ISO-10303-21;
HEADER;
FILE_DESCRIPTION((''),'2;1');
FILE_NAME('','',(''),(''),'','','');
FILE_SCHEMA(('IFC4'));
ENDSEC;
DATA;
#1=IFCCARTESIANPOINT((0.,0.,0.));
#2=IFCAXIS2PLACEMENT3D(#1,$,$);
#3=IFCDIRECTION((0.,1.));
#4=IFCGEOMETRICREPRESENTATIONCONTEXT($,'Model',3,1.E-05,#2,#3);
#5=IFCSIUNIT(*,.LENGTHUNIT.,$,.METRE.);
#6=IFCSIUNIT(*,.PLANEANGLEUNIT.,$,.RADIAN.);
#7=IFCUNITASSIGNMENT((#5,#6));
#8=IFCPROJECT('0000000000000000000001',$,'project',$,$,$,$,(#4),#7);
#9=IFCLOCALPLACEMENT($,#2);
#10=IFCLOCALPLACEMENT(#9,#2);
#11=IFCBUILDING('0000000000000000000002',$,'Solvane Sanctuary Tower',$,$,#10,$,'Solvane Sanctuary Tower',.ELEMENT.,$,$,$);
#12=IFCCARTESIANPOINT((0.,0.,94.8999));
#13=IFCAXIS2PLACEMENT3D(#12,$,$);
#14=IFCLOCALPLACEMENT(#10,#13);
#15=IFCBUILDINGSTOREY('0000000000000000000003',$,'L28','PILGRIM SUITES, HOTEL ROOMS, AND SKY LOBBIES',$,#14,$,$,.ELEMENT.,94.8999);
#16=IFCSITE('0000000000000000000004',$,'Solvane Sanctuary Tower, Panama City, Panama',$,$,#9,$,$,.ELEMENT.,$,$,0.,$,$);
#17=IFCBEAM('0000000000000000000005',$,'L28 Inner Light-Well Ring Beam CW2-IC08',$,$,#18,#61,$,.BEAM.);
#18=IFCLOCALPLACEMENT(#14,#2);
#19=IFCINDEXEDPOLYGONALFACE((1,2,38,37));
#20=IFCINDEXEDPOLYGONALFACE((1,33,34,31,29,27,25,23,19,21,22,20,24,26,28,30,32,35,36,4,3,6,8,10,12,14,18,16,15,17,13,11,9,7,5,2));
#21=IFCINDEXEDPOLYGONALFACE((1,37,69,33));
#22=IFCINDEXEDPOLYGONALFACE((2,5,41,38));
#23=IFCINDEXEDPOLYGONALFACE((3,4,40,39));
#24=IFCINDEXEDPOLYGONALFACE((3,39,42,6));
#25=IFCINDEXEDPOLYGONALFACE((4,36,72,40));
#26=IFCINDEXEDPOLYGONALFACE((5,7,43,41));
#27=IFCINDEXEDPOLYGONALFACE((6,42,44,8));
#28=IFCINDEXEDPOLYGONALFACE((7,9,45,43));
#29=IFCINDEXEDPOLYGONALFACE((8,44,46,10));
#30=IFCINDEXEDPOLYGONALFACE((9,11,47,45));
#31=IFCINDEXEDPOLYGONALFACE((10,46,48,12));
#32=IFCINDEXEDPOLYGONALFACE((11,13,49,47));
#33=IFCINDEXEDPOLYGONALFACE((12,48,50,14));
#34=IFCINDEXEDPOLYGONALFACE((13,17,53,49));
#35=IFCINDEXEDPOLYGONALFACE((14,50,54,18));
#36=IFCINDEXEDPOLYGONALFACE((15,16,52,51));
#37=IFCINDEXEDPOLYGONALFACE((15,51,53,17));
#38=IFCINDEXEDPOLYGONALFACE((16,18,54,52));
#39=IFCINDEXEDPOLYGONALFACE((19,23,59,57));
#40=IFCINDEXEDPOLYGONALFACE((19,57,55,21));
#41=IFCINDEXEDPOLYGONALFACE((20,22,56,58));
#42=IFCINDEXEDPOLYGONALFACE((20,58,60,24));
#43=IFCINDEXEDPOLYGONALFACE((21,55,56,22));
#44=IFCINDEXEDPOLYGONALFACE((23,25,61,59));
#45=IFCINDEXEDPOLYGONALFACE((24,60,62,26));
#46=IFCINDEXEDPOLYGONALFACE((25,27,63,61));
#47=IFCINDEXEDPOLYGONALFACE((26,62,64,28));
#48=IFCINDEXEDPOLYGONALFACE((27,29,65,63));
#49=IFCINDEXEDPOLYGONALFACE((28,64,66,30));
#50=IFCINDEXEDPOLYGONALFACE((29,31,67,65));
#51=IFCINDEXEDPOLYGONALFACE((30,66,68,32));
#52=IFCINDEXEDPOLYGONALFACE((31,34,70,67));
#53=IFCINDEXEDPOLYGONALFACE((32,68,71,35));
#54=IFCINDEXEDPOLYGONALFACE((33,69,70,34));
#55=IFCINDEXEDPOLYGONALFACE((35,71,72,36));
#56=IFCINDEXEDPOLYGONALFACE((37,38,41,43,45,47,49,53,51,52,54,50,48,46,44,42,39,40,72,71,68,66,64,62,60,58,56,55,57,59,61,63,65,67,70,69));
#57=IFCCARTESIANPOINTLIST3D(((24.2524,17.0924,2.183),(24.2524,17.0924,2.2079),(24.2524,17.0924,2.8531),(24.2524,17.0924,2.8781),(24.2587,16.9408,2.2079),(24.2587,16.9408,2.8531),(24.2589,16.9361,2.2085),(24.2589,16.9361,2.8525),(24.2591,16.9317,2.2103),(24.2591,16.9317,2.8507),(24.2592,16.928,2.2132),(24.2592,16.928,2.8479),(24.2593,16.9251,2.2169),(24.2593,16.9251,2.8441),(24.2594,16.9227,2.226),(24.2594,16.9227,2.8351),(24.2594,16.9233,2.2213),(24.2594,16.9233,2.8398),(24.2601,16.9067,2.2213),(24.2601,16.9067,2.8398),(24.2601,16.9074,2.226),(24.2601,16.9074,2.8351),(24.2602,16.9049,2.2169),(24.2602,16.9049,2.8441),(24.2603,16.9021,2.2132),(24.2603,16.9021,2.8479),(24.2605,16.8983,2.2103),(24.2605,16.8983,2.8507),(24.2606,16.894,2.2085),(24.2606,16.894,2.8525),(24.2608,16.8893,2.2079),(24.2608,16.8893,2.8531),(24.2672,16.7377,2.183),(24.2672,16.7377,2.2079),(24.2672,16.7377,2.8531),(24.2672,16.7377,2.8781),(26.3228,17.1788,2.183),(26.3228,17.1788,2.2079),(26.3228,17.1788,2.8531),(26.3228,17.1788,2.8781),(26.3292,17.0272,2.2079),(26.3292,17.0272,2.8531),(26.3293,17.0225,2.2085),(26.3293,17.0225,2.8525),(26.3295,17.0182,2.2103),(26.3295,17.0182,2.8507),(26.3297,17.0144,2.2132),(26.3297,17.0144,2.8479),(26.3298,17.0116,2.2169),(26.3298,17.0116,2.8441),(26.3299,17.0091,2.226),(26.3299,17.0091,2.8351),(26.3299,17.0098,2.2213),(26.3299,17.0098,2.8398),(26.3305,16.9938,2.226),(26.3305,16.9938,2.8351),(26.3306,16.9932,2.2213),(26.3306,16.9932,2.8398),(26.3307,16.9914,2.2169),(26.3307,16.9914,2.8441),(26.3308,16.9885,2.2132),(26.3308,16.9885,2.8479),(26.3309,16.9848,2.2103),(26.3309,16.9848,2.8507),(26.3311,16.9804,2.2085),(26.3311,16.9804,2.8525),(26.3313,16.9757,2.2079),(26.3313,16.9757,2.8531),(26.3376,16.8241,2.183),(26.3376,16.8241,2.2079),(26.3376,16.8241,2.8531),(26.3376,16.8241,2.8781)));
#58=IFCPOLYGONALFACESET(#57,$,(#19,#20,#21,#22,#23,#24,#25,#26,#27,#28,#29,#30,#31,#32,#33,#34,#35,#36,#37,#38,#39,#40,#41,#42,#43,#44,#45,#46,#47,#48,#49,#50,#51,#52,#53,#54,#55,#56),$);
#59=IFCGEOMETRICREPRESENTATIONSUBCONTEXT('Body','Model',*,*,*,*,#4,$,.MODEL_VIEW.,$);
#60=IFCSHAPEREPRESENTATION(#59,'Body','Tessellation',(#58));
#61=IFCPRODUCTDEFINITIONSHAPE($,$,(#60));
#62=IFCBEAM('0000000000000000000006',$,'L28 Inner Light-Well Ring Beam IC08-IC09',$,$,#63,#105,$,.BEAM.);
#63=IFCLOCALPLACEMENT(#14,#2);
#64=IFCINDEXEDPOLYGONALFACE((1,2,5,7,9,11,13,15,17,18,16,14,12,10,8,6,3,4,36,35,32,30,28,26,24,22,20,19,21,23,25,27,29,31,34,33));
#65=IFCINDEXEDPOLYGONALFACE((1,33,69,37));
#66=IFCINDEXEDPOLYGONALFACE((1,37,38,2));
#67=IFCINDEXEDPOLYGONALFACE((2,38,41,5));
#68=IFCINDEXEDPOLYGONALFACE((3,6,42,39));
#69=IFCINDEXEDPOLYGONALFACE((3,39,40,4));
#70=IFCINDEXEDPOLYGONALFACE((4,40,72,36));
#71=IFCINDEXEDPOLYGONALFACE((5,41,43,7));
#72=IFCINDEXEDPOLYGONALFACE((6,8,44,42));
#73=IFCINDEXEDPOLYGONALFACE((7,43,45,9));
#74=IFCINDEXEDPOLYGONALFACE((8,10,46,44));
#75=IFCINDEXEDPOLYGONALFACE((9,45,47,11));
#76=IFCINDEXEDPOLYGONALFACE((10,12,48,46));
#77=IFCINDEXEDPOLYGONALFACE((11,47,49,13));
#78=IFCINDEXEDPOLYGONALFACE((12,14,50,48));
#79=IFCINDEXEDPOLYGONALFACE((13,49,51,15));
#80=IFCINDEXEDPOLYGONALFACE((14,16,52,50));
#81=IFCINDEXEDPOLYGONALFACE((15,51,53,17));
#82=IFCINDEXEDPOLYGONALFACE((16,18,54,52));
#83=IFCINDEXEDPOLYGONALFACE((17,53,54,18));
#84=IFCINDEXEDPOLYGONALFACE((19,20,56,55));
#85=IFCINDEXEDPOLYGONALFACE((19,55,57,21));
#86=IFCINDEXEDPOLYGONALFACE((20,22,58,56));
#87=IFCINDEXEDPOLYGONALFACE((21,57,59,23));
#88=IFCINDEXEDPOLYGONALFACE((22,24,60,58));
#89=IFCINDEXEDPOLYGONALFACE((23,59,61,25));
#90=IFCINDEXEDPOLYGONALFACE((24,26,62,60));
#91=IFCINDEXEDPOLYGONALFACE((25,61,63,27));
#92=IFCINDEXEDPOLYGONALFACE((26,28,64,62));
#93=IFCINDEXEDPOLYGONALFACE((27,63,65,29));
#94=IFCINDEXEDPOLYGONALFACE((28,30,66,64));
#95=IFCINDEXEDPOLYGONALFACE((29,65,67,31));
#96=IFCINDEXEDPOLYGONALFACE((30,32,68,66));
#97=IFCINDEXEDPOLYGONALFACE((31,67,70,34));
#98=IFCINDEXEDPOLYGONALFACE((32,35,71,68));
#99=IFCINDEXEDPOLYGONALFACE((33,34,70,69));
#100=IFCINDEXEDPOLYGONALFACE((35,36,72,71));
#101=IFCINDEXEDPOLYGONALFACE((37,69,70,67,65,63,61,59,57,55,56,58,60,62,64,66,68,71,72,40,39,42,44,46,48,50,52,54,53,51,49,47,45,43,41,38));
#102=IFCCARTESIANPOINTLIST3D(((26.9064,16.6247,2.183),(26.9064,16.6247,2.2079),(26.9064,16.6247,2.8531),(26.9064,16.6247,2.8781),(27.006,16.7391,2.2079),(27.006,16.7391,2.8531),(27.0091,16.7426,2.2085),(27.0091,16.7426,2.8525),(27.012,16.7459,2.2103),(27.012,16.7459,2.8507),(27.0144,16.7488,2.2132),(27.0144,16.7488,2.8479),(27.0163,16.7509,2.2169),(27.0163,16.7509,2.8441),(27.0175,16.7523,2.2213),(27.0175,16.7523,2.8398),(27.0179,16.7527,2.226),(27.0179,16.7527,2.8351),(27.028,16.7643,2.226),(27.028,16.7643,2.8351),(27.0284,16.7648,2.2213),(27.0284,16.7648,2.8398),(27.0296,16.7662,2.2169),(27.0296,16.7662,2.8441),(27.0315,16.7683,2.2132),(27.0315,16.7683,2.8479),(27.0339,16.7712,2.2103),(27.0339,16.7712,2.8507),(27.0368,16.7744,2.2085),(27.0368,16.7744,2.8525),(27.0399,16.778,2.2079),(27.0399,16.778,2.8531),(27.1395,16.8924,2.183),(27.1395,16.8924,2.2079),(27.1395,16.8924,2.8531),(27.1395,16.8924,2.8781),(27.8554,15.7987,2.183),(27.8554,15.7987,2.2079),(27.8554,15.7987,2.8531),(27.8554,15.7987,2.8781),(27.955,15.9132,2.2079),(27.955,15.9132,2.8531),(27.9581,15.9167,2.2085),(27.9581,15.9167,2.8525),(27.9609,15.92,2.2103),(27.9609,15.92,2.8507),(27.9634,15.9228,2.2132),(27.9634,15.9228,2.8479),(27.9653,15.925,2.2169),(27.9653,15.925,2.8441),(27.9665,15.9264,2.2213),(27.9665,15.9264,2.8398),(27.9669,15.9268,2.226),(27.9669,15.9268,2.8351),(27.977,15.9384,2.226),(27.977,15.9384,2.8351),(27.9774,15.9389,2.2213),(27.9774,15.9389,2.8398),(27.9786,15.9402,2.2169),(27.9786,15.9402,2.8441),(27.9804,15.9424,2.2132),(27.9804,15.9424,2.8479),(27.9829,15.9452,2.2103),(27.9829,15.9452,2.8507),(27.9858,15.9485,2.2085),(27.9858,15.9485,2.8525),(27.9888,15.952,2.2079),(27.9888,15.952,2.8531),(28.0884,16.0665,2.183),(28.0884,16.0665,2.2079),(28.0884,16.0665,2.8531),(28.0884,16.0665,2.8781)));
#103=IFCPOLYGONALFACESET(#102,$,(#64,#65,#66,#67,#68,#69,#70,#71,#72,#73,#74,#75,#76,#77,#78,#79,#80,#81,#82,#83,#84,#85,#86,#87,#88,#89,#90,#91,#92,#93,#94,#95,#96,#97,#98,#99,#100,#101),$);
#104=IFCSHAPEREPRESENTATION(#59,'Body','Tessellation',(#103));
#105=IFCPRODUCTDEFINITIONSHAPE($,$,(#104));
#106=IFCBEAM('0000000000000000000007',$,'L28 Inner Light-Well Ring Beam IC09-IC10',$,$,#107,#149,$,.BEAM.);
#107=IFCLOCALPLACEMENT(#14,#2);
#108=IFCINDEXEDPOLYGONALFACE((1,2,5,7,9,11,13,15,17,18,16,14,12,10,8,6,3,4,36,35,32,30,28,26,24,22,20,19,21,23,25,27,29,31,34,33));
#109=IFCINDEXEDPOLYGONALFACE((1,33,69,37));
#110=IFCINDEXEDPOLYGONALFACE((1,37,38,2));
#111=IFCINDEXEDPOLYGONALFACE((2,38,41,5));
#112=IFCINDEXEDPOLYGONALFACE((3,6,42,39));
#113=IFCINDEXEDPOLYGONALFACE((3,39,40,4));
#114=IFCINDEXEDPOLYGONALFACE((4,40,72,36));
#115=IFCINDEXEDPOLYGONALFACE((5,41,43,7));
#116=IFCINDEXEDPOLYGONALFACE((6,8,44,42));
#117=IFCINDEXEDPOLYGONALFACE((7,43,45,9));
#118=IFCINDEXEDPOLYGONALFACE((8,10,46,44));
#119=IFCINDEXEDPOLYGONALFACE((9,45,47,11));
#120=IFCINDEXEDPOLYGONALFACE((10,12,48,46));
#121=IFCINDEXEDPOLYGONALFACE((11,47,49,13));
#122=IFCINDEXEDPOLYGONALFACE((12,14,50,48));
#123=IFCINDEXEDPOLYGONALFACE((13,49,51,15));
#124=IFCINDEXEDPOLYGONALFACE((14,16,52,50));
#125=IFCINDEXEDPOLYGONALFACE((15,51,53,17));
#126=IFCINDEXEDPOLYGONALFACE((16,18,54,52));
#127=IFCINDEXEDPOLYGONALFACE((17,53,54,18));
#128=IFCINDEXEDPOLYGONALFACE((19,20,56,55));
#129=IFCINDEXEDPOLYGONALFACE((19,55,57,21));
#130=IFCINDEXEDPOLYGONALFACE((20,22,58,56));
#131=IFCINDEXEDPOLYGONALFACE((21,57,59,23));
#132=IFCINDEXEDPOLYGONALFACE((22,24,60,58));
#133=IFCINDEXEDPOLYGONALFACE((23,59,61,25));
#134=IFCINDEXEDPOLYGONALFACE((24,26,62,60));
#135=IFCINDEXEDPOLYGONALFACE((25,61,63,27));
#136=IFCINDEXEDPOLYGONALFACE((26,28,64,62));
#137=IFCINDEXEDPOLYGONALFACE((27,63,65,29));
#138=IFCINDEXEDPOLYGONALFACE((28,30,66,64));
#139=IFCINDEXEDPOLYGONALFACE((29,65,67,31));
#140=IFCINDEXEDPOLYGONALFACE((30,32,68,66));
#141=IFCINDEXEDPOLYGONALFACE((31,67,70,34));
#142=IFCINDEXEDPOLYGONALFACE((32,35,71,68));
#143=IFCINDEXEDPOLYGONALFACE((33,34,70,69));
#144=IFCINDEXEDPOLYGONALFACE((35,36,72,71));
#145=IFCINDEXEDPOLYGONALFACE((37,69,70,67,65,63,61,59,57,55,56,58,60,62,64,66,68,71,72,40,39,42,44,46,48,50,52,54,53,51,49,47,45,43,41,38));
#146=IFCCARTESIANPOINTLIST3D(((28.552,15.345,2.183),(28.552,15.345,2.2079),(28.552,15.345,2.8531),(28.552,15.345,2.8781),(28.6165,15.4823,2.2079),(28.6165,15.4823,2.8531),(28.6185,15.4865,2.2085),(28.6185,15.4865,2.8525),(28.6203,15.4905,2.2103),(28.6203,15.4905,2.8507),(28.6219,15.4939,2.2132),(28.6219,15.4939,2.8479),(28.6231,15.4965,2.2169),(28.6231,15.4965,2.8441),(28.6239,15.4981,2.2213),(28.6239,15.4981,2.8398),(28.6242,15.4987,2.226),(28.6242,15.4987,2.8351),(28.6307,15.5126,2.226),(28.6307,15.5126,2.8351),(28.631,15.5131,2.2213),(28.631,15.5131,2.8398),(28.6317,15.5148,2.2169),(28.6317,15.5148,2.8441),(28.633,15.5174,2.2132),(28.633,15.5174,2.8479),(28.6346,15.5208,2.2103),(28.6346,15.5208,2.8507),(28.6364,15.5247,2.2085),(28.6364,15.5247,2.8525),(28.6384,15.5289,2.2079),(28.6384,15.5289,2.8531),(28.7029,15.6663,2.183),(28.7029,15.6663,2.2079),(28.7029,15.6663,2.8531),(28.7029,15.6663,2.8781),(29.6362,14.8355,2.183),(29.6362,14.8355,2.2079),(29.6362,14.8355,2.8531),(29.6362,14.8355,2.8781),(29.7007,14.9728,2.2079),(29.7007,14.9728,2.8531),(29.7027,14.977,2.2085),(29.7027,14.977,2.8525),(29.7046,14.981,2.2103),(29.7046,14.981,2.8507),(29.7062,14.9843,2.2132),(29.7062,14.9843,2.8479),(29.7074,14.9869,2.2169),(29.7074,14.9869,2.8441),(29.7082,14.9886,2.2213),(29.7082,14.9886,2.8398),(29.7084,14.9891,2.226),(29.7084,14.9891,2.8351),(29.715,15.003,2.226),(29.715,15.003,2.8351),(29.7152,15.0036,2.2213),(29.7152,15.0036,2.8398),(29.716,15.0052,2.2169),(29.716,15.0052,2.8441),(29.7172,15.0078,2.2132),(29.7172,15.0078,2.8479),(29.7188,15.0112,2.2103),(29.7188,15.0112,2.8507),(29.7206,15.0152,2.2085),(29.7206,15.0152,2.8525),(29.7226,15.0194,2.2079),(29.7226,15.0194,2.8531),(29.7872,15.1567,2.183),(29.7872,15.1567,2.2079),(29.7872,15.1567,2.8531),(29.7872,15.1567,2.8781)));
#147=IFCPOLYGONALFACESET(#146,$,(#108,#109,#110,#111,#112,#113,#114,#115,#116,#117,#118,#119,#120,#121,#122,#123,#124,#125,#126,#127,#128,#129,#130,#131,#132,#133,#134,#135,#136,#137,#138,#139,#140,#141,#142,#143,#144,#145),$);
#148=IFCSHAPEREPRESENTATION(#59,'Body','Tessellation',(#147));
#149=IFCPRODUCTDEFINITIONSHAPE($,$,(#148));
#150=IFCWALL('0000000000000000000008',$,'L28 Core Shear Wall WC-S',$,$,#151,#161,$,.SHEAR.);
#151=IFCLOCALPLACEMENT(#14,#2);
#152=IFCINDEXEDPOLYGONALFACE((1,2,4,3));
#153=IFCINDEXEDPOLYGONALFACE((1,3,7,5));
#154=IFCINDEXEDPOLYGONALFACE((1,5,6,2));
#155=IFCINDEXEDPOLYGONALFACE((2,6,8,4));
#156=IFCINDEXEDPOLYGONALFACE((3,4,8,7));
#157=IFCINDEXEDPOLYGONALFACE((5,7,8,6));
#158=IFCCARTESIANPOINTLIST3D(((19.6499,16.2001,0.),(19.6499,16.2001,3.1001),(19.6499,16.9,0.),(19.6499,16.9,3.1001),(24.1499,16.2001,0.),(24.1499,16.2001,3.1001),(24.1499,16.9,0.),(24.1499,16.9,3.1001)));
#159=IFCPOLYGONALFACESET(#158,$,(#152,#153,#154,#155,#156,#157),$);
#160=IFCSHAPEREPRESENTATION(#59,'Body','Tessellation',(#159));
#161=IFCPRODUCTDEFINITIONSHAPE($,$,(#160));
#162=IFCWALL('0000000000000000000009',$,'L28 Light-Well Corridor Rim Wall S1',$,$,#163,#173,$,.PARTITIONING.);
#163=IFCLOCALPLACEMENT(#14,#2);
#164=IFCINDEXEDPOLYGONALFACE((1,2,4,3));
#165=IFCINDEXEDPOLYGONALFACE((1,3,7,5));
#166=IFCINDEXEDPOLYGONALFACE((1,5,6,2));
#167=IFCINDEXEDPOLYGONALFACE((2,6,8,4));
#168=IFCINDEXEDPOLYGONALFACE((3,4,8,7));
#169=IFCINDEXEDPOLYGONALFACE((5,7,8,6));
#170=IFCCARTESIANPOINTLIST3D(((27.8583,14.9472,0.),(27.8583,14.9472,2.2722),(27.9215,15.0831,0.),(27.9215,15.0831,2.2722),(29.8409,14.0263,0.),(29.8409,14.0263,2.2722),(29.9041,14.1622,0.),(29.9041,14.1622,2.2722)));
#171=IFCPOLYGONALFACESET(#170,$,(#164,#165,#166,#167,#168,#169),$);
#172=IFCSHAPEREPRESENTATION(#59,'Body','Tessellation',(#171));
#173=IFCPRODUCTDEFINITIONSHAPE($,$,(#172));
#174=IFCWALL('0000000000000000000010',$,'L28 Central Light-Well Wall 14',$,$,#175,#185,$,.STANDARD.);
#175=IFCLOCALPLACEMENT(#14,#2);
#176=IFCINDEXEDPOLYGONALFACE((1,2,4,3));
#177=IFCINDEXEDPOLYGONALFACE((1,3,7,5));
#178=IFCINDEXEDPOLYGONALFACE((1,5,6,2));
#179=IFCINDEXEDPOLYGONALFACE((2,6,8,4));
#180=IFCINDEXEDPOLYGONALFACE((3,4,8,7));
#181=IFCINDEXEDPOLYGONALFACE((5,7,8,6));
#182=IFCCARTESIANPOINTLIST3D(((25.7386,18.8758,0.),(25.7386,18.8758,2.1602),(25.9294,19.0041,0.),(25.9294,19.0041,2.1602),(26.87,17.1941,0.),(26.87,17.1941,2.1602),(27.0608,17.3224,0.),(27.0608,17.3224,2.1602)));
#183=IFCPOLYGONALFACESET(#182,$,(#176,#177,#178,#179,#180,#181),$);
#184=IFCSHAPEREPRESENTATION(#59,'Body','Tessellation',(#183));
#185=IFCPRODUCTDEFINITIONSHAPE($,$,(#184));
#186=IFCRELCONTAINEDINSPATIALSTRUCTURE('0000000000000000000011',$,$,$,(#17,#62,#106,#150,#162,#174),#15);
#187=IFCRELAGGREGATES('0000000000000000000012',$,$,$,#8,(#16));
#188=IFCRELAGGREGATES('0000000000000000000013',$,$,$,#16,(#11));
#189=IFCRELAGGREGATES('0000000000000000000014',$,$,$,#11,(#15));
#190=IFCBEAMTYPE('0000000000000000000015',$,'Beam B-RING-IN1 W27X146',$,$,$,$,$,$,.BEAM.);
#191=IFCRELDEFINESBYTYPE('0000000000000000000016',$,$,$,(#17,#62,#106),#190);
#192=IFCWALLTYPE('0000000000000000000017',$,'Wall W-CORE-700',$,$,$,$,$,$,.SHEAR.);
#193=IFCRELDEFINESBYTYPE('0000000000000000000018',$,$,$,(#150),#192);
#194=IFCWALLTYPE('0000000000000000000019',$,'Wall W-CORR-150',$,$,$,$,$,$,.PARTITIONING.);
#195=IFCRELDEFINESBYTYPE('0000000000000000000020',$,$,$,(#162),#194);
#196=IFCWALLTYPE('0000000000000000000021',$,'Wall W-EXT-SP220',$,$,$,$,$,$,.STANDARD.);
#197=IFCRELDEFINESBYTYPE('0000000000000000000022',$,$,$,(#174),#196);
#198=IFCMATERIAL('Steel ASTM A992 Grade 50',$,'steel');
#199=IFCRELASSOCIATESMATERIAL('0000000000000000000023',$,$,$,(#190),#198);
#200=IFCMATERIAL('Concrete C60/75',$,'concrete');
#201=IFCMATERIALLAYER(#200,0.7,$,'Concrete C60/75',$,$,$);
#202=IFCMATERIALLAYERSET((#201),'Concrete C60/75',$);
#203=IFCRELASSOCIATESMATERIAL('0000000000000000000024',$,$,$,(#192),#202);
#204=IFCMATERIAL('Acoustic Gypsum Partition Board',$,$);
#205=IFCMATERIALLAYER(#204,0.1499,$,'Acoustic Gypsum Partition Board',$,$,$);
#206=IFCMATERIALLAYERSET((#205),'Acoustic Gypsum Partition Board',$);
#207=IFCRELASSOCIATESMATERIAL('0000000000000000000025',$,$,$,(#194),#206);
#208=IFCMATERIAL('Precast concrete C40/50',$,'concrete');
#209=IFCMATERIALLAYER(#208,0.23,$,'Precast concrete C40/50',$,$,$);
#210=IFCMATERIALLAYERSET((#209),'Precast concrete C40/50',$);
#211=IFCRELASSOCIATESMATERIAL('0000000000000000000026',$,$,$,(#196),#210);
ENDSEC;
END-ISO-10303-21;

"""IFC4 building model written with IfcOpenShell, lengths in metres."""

from ifc_helpers import new_model, si_unit, direction, frame, frame_2d, origin, origin_2d, place, context, subcontext, project, spatial, rectangle, i_section, extrude, material, layer, layer_set, material_profile, profile_set, type_object, element, save


model = new_model("IFC4")

# Units and contexts
model_context = context("Model", 3, precision=1e-05, world=origin(), true_north=direction((0.0, 1.0)))
body_context = subcontext(model_context, "Body", "Model", "MODEL_VIEW")
ifc_project = project(units=[si_unit("LENGTHUNIT", "METRE"), si_unit("PLANEANGLEUNIT", "RADIAN")], contexts=[model_context])

# Site, building, storey
site_placement = place(None, origin())
site = spatial("IfcSite", under=ifc_project, at=site_placement, Name="Solvane Sanctuary Tower, Panama City, Panama", CompositionType="ELEMENT", RefElevation=0.0)
building_placement = place(site_placement, origin())
building = spatial("IfcBuilding", under=site, at=building_placement, Name="Solvane Sanctuary Tower", LongName="Solvane Sanctuary Tower", CompositionType="ELEMENT")
storey_placement = place(building_placement, frame((0.0, 0.0, 94.8999)))
storey = spatial("IfcBuildingStorey", under=building, at=storey_placement, Name="L28", Description="PILGRIM SUITES, HOTEL ROOMS, AND SKY LOBBIES", CompositionType="ELEMENT", Elevation=94.8999)

# Shared definitions
ifc_material_1 = material(Name="Concrete C60/75", Category="concrete")

# Beams
ifc_material_2 = material(Name="Steel ASTM A992 Grade 50", Category="steel")
ifc_material_profile_1 = material_profile(ifc_material_2, i_section(OverallWidth=0.355, OverallDepth=0.6951, WebThickness=0.0154, FlangeThickness=0.0249, FilletRadius=0.0181, at=origin_2d()), Name="W27X146")
ifc_profile_set_1 = profile_set([ifc_material_profile_1], Name="Steel ASTM A992 Grade 50")
beam_type_1 = type_object("IfcBeamType", Name="Beam B-RING-IN1 W27X146", PredefinedType="BEAM", material=ifc_profile_set_1)
beam_1_placement = place(storey_placement, frame((24.2598, 16.915, 2.5305), z_axis=(0.99913, 0.041704, 0.0), x_axis=(-0.041704, 0.99913, 0.0)))
element("IfcBeam", 1, at=beam_1_placement, inside=storey, type_object=beam_type_1, Name="L28 Inner Light-Well Ring Beam CW2-IC08", PredefinedType="BEAM", context=body_context, shape_type="SweptSolid", body=[
    extrude(i_section(OverallWidth=0.355, OverallDepth=0.6951, WebThickness=0.0154, FlangeThickness=0.0249, FilletRadius=0.0181, at=origin_2d()), origin(), (0.0, 0.0, 1.0), 2.0723),
])
beam_2_placement = place(storey_placement, frame((27.0229, 16.7585, 2.5305), z_axis=(0.754317, -0.65651, 0.0), x_axis=(0.65651, 0.754317, 0.0)))
element("IfcBeam", 2, at=beam_2_placement, inside=storey, type_object=beam_type_1, Name="L28 Inner Light-Well Ring Beam IC08-IC09", PredefinedType="BEAM", context=body_context, shape_type="SweptSolid", body=[
    extrude(i_section(OverallWidth=0.355, OverallDepth=0.6951, WebThickness=0.0154, FlangeThickness=0.0249, FilletRadius=0.0181, at=origin_2d()), origin(), (0.0, 0.0, 1.0), 1.2581),
])
beam_3_placement = place(storey_placement, frame((28.6274, 15.5056, 2.5305), z_axis=(0.905045, -0.425316, 0.0), x_axis=(0.425316, 0.905045, 0.0)))
element("IfcBeam", 3, at=beam_3_placement, inside=storey, type_object=beam_type_1, Name="L28 Inner Light-Well Ring Beam IC09-IC10", PredefinedType="BEAM", context=body_context, shape_type="SweptSolid", body=[
    extrude(i_section(OverallWidth=0.355, OverallDepth=0.6951, WebThickness=0.0154, FlangeThickness=0.0249, FilletRadius=0.0181, at=origin_2d()), origin(), (0.0, 0.0, 1.0), 1.198),
])

# Walls
ifc_layer_1 = layer(ifc_material_1, 0.7, Name="Concrete C60/75")
ifc_layer_set_1 = layer_set([ifc_layer_1], Name="Concrete C60/75")
wall_type_1 = type_object("IfcWallType", Name="Wall W-CORE-700", PredefinedType="SHEAR", material=ifc_layer_set_1)
wall_1_placement = place(storey_placement, frame((19.6499, 16.55, 0.0), z_axis=(0.0, 0.0, 1.0), x_axis=(1.0, 0.0, 0.0)))
element("IfcWall", 4, at=wall_1_placement, inside=storey, type_object=wall_type_1, Name="L28 Core Shear Wall WC-S", PredefinedType="SHEAR", context=body_context, shape_type="SweptSolid", body=[
    extrude(rectangle(XDim=4.5, YDim=0.7, at=frame_2d((2.25, 0.0))), origin(), (0.0, 0.0, 1.0), 3.1001),
])
ifc_material_3 = material(Name="Acoustic Gypsum Partition Board")
ifc_layer_2 = layer(ifc_material_3, 0.1499, Name="Acoustic Gypsum Partition Board")
ifc_layer_set_2 = layer_set([ifc_layer_2], Name="Acoustic Gypsum Partition Board")
wall_type_2 = type_object("IfcWallType", Name="Wall W-CORR-150", PredefinedType="PARTITIONING", material=ifc_layer_set_2)
wall_2_placement = place(storey_placement, frame((27.8899, 15.0151, 0.0), z_axis=(0.0, 0.0, 1.0), x_axis=(0.906943, -0.421252, 0.0)))
element("IfcWall", 5, at=wall_2_placement, inside=storey, type_object=wall_type_2, Name="L28 Light-Well Corridor Rim Wall S1", PredefinedType="PARTITIONING", context=body_context, shape_type="SweptSolid", body=[
    extrude(rectangle(XDim=2.186, YDim=0.1499, at=frame_2d((1.093, 0.0))), origin(), (0.0, 0.0, 1.0), 2.2722),
])
ifc_material_4 = material(Name="Precast concrete C40/50", Category="concrete")
ifc_layer_3 = layer(ifc_material_4, 0.23, Name="Precast concrete C40/50")
ifc_layer_set_3 = layer_set([ifc_layer_3], Name="Precast concrete C40/50")
wall_type_3 = type_object("IfcWallType", Name="Wall W-EXT-SP220", PredefinedType="STANDARD", material=ifc_layer_set_3)
wall_3_placement = place(storey_placement, frame((25.834, 18.9399, 0.0), z_axis=(0.0, 0.0, 1.0), x_axis=(0.558198, -0.829708, 0.0)))
element("IfcWall", 6, at=wall_3_placement, inside=storey, type_object=wall_type_3, Name="L28 Central Light-Well Wall 14", PredefinedType="STANDARD", context=body_context, shape_type="SweptSolid", body=[
    extrude(rectangle(XDim=2.0269, YDim=0.23, at=frame_2d((1.0134, 0.0))), origin(), (0.0, 0.0, 1.0), 2.1602),
])

save(model, "model.ifc")
